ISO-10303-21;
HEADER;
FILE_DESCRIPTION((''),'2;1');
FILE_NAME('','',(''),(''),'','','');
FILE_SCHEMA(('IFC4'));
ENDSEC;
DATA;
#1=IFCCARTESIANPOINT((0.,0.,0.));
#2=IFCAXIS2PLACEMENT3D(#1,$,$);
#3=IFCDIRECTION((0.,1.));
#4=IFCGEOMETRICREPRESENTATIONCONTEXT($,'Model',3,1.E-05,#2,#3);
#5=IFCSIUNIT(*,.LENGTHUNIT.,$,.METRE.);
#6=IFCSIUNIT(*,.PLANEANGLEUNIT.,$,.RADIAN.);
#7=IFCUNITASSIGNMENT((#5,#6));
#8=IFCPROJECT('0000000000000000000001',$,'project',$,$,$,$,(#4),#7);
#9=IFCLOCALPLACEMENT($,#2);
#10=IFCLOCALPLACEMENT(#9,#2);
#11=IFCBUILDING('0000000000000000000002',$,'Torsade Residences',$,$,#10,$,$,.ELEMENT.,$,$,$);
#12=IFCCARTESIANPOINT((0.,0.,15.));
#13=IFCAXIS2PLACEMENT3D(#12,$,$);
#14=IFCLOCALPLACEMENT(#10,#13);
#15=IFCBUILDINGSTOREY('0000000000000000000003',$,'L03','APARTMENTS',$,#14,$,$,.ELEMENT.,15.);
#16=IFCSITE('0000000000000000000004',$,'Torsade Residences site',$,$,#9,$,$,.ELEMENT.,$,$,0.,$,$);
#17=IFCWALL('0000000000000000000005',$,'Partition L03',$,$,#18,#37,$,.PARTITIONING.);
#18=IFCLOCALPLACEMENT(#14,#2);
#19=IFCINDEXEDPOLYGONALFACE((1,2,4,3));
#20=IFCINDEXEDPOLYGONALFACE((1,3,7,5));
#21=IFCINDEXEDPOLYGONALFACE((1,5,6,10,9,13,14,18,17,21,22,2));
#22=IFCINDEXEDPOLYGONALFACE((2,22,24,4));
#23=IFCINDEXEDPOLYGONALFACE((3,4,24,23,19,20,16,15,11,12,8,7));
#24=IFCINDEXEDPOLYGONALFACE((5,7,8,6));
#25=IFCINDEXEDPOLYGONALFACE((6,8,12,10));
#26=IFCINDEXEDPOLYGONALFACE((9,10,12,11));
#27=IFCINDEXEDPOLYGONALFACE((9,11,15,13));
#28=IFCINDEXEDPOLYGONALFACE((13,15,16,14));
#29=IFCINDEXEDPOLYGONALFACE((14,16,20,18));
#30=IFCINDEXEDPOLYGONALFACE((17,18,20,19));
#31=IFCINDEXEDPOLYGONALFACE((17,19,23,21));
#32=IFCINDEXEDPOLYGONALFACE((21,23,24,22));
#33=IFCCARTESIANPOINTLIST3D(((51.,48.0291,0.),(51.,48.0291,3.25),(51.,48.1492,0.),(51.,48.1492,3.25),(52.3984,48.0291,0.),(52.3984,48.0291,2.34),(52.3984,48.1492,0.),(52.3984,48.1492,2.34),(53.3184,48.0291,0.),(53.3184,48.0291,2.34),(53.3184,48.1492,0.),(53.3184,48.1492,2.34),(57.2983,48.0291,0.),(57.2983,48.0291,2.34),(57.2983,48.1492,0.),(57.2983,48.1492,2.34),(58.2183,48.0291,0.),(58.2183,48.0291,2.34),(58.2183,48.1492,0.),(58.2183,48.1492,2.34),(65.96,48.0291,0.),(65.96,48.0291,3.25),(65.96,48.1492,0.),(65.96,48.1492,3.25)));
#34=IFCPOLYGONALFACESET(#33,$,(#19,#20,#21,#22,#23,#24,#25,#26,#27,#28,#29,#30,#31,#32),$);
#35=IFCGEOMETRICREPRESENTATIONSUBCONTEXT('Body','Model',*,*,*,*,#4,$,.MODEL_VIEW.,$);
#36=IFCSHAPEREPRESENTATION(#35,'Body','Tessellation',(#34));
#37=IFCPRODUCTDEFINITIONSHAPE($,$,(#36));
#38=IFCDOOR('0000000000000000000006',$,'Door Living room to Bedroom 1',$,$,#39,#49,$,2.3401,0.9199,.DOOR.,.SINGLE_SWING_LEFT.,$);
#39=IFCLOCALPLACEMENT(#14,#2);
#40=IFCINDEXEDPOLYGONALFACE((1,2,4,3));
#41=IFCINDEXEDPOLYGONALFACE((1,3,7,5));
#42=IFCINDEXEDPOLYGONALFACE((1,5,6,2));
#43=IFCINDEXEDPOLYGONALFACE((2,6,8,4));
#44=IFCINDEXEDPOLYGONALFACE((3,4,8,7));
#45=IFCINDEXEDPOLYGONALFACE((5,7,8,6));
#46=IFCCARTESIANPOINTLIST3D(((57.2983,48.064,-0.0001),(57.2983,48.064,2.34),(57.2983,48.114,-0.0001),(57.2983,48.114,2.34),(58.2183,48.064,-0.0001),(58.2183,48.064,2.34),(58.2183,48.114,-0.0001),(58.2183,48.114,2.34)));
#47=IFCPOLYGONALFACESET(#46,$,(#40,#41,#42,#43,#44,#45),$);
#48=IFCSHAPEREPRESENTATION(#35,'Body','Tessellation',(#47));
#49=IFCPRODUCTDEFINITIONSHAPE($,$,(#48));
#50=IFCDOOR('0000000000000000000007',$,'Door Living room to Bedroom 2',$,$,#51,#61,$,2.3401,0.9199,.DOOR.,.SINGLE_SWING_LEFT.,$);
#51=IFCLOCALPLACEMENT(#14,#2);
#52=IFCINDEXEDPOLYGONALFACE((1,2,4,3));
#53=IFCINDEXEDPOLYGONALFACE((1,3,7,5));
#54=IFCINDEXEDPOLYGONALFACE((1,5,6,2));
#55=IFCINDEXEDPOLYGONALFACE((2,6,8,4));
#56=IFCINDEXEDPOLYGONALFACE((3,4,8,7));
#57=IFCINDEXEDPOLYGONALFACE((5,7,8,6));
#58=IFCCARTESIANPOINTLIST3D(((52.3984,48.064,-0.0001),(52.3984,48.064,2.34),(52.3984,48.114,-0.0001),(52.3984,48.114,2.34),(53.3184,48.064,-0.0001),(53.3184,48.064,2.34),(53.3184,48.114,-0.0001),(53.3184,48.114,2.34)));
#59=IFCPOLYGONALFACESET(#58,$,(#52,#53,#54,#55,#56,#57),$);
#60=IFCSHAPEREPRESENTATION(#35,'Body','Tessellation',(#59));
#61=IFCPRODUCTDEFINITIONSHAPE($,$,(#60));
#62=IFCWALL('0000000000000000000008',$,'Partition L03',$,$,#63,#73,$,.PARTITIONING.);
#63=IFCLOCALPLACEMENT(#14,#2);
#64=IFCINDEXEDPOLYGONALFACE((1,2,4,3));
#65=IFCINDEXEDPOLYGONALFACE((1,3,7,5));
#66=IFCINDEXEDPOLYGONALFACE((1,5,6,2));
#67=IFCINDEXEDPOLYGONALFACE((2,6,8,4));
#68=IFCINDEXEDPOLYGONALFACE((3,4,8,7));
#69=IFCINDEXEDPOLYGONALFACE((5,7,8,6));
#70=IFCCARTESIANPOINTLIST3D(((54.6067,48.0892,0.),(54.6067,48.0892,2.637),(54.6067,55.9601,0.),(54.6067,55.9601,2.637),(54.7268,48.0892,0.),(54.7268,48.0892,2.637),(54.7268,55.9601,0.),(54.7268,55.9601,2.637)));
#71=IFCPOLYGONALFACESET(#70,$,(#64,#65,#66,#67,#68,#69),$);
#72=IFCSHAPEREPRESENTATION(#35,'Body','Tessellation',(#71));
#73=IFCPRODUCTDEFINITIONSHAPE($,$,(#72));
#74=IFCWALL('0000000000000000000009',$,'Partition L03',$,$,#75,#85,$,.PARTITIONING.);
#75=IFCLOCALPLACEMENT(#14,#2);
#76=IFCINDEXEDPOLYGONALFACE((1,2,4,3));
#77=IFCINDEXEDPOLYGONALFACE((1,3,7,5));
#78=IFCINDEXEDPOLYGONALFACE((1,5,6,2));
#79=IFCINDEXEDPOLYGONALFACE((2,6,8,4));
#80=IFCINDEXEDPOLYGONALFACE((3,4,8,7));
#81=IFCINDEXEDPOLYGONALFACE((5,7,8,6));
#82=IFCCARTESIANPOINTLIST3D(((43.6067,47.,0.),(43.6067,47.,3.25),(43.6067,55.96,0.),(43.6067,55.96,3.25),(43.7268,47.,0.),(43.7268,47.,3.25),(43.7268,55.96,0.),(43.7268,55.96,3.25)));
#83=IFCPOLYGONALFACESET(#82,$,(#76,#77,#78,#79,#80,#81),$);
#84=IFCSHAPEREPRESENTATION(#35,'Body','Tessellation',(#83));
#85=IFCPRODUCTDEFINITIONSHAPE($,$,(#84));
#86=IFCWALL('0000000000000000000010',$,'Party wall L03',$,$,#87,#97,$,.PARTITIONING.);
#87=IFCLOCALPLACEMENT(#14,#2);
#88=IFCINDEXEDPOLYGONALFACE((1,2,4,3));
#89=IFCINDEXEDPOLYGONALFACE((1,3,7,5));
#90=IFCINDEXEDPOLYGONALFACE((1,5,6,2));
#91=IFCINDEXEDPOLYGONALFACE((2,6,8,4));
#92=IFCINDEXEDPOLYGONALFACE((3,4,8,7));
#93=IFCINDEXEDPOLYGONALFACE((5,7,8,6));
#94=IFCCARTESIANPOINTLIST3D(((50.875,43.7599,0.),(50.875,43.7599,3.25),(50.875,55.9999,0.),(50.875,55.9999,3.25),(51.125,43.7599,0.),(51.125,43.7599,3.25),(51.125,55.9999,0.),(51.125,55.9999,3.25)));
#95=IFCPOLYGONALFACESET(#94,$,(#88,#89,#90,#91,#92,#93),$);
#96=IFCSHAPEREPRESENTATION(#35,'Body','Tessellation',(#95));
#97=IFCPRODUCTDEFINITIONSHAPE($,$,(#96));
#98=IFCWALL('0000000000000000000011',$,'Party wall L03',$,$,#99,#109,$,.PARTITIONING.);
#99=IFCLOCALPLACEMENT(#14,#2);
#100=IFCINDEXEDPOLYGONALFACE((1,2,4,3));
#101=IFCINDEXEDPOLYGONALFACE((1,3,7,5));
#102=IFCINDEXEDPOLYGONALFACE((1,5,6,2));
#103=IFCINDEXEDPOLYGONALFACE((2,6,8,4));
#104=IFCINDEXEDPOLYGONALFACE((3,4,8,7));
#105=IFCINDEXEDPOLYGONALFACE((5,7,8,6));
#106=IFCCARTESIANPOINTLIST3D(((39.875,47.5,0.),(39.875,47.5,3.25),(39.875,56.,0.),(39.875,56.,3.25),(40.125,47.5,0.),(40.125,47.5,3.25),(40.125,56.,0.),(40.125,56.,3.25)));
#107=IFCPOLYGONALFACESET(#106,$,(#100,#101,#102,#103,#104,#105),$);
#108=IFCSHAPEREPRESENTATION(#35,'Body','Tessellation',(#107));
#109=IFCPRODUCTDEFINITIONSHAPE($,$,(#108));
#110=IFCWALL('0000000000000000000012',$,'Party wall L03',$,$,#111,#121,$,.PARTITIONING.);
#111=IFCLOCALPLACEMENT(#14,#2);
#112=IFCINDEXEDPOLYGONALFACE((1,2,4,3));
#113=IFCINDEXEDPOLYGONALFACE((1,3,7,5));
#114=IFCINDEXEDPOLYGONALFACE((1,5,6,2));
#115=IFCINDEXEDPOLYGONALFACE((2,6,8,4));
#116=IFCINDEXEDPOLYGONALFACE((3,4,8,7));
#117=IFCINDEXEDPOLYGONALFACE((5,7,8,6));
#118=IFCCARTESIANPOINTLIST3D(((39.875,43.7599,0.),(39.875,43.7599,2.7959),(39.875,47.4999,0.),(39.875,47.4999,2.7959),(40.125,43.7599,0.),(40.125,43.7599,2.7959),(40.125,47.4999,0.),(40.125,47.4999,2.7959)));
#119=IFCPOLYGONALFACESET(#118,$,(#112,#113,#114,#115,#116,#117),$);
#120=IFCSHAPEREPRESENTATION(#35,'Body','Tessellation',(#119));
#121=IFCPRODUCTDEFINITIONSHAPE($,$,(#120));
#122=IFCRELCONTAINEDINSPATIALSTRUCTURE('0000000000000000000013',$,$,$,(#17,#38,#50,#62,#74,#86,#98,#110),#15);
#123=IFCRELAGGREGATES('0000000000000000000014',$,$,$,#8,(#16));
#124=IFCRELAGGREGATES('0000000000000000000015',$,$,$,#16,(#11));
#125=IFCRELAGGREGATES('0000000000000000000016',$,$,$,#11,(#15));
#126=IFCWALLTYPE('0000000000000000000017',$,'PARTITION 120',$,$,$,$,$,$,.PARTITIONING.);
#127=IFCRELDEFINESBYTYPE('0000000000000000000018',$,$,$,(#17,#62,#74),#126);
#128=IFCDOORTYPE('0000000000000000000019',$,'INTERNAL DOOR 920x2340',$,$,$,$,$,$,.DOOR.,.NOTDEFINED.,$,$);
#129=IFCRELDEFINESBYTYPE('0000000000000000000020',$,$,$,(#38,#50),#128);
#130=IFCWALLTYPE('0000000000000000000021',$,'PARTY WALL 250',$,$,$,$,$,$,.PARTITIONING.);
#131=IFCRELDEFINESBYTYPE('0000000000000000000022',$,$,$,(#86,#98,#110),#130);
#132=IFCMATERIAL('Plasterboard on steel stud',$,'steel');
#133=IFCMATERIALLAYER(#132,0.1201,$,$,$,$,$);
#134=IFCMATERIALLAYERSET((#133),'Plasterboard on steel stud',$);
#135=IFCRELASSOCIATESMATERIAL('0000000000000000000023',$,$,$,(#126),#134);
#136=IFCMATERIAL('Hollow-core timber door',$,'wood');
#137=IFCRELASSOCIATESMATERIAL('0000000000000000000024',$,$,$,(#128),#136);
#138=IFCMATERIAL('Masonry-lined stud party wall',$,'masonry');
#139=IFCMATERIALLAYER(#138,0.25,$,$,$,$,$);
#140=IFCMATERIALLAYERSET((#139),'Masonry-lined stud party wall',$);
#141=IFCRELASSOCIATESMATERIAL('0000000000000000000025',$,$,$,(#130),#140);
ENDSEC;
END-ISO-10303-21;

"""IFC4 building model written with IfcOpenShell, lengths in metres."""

from ifc_helpers import new_model, si_unit, direction, frame, frame_2d, origin, place, context, subcontext, project, spatial, rectangle, extrude, material, layer, layer_set, type_object, element, fill, save


model = new_model("IFC4")

# Units and contexts
model_context = context("Model", 3, precision=1e-05, world=origin(), true_north=direction((0.0, 1.0)))
body_context = subcontext(model_context, "Body", "Model", "MODEL_VIEW")
ifc_project = project(units=[si_unit("LENGTHUNIT", "METRE"), si_unit("PLANEANGLEUNIT", "RADIAN")], contexts=[model_context])

# Site, building, storey
site_placement = place(None, origin())
site = spatial("IfcSite", under=ifc_project, at=site_placement, Name="Torsade Residences site", CompositionType="ELEMENT", RefElevation=0.0)
building_placement = place(site_placement, origin())
building = spatial("IfcBuilding", under=site, at=building_placement, Name="Torsade Residences", CompositionType="ELEMENT")
storey_placement = place(building_placement, frame((0.0, 0.0, 15.0)))
storey = spatial("IfcBuildingStorey", under=building, at=storey_placement, Name="L03", Description="APARTMENTS", CompositionType="ELEMENT", Elevation=15.0)

# Shared definitions
ifc_material_1 = material(Name="Plasterboard on steel stud", Category="steel")
ifc_layer_1 = layer(ifc_material_1, 0.1201)
ifc_layer_set_1 = layer_set([ifc_layer_1], Name="Plasterboard on steel stud")
wall_type_1 = type_object("IfcWallType", Name="PARTITION 120", PredefinedType="PARTITIONING", material=ifc_layer_set_1)
ifc_material_2 = material(Name="Hollow-core timber door", Category="wood")
door_type = type_object("IfcDoorType", Name="INTERNAL DOOR 920x2340", OperationType="NOTDEFINED", PredefinedType="DOOR", material=ifc_material_2)

# Wall, openings, doors
wall_1_placement = place(storey_placement, frame((51.0, 48.0891, 0.0), z_axis=(0.0, 0.0, 1.0), x_axis=(1.0, 0.0, 0.0)))
wall_1 = element("IfcWall", 1, at=wall_1_placement, inside=storey, type_object=wall_type_1, Name="Partition L03", PredefinedType="PARTITIONING", context=body_context, shape_type="SweptSolid", body=[
    extrude(rectangle(XDim=14.96, YDim=0.1201, at=frame_2d((7.48, 0.0))), origin(), (0.0, 0.0, 1.0), 3.25),
])
opening_1_placement = place(wall_1_placement, frame((6.2983, 0.0, 0.0)))
opening_1 = element("IfcOpeningElement", 2, at=opening_1_placement, cuts=wall_1, PredefinedType="OPENING", context=body_context, shape_type="SweptSolid", body=[
    extrude(rectangle(XDim=0.9199, YDim=2.3401, at=frame_2d((0.46, 1.1699))), frame((0.0, 0.0701, 0.0), z_axis=(0.0, -1.0, 0.0), x_axis=(1.0, 0.0, 0.0)), (0.0, 0.0, 1.0), 0.1401),
])
opening_2_placement = place(wall_1_placement, frame((1.3984, 0.0, 0.0)))
opening_2 = element("IfcOpeningElement", 3, at=opening_2_placement, cuts=wall_1, PredefinedType="OPENING", context=body_context, shape_type="SweptSolid", body=[
    extrude(rectangle(XDim=0.9199, YDim=2.3401, at=frame_2d((0.46, 1.1699))), frame((0.0, 0.0701, 0.0), z_axis=(0.0, -1.0, 0.0), x_axis=(1.0, 0.0, 0.0)), (0.0, 0.0, 1.0), 0.1401),
])
door_1_placement = place(opening_1_placement, origin())
door_1 = element("IfcDoor", 4, at=door_1_placement, inside=storey, type_object=door_type, Name="Door Living room to Bedroom 1", OperationType="SINGLE_SWING_LEFT", OverallHeight=2.3401, OverallWidth=0.9199, PredefinedType="DOOR", context=body_context, shape_type="SweptSolid", body=[
    extrude(rectangle(XDim=0.9199, YDim=2.3401, at=frame_2d((0.46, 1.1699))), frame((0.0, 0.0249, 0.0), z_axis=(0.0, -1.0, 0.0), x_axis=(1.0, 0.0, 0.0)), (0.0, 0.0, 1.0), 0.05),
])
fill(opening_1, door_1)
door_2_placement = place(opening_2_placement, origin())
door_2 = element("IfcDoor", 5, at=door_2_placement, inside=storey, type_object=door_type, Name="Door Living room to Bedroom 2", OperationType="SINGLE_SWING_LEFT", OverallHeight=2.3401, OverallWidth=0.9199, PredefinedType="DOOR", context=body_context, shape_type="SweptSolid", body=[
    extrude(rectangle(XDim=0.9199, YDim=2.3401, at=frame_2d((0.46, 1.1699))), frame((0.0, 0.0249, 0.0), z_axis=(0.0, -1.0, 0.0), x_axis=(1.0, 0.0, 0.0)), (0.0, 0.0, 1.0), 0.05),
])
fill(opening_2, door_2)

# Walls
wall_2_placement = place(storey_placement, frame((54.6667, 48.0891, 0.0), z_axis=(0.0, 0.0, 1.0), x_axis=(0.0, 1.0, 0.0)))
element("IfcWall", 6, at=wall_2_placement, inside=storey, type_object=wall_type_1, Name="Partition L03", PredefinedType="PARTITIONING", context=body_context, shape_type="SweptSolid", body=[
    extrude(rectangle(XDim=7.8708, YDim=0.1201, at=frame_2d((3.9355, 0.0))), origin(), (0.0, 0.0, 1.0), 2.637),
])
wall_3_placement = place(storey_placement, frame((43.6667, 55.96, 0.0), z_axis=(0.0, 0.0, 1.0), x_axis=(0.0, -1.0, 0.0)))
element("IfcWall", 7, at=wall_3_placement, inside=storey, type_object=wall_type_1, Name="Partition L03", PredefinedType="PARTITIONING", context=body_context, shape_type="SweptSolid", body=[
    extrude(rectangle(XDim=8.96, YDim=0.1201, at=frame_2d((4.48, 0.0))), origin(), (0.0, 0.0, 1.0), 3.25),
])
ifc_material_3 = material(Name="Masonry-lined stud party wall", Category="masonry")
ifc_layer_2 = layer(ifc_material_3, 0.25)
ifc_layer_set_2 = layer_set([ifc_layer_2], Name="Masonry-lined stud party wall")
wall_type_2 = type_object("IfcWallType", Name="PARTY WALL 250", PredefinedType="PARTITIONING", material=ifc_layer_set_2)
wall_4_placement = place(storey_placement, frame((51.0, 56.0, 0.0), z_axis=(0.0, 0.0, 1.0), x_axis=(0.0, -1.0, 0.0)))
element("IfcWall", 8, at=wall_4_placement, inside=storey, type_object=wall_type_2, Name="Party wall L03", PredefinedType="PARTITIONING", context=body_context, shape_type="SweptSolid", body=[
    extrude(rectangle(XDim=12.24, YDim=0.25, at=frame_2d((6.1201, 0.0))), origin(), (0.0, 0.0, 1.0), 3.25),
])
wall_5_placement = place(storey_placement, frame((40.0, 56.0, 0.0), z_axis=(0.0, 0.0, 1.0), x_axis=(0.0, -1.0, 0.0)))
element("IfcWall", 9, at=wall_5_placement, inside=storey, type_object=wall_type_2, Name="Party wall L03", PredefinedType="PARTITIONING", context=body_context, shape_type="SweptSolid", body=[
    extrude(rectangle(XDim=8.5, YDim=0.25, at=frame_2d((4.25, 0.0))), origin(), (0.0, 0.0, 1.0), 3.25),
])
wall_6_placement = place(storey_placement, frame((40.0, 47.5, 0.0), z_axis=(0.0, 0.0, 1.0), x_axis=(0.0, -1.0, 0.0)))
element("IfcWall", 10, at=wall_6_placement, inside=storey, type_object=wall_type_2, Name="Party wall L03", PredefinedType="PARTITIONING", context=body_context, shape_type="SweptSolid", body=[
    extrude(rectangle(XDim=3.74, YDim=0.25, at=frame_2d((1.8701, 0.0))), origin(), (0.0, 0.0, 1.0), 2.7959),
])

save(model, "model.ifc")
